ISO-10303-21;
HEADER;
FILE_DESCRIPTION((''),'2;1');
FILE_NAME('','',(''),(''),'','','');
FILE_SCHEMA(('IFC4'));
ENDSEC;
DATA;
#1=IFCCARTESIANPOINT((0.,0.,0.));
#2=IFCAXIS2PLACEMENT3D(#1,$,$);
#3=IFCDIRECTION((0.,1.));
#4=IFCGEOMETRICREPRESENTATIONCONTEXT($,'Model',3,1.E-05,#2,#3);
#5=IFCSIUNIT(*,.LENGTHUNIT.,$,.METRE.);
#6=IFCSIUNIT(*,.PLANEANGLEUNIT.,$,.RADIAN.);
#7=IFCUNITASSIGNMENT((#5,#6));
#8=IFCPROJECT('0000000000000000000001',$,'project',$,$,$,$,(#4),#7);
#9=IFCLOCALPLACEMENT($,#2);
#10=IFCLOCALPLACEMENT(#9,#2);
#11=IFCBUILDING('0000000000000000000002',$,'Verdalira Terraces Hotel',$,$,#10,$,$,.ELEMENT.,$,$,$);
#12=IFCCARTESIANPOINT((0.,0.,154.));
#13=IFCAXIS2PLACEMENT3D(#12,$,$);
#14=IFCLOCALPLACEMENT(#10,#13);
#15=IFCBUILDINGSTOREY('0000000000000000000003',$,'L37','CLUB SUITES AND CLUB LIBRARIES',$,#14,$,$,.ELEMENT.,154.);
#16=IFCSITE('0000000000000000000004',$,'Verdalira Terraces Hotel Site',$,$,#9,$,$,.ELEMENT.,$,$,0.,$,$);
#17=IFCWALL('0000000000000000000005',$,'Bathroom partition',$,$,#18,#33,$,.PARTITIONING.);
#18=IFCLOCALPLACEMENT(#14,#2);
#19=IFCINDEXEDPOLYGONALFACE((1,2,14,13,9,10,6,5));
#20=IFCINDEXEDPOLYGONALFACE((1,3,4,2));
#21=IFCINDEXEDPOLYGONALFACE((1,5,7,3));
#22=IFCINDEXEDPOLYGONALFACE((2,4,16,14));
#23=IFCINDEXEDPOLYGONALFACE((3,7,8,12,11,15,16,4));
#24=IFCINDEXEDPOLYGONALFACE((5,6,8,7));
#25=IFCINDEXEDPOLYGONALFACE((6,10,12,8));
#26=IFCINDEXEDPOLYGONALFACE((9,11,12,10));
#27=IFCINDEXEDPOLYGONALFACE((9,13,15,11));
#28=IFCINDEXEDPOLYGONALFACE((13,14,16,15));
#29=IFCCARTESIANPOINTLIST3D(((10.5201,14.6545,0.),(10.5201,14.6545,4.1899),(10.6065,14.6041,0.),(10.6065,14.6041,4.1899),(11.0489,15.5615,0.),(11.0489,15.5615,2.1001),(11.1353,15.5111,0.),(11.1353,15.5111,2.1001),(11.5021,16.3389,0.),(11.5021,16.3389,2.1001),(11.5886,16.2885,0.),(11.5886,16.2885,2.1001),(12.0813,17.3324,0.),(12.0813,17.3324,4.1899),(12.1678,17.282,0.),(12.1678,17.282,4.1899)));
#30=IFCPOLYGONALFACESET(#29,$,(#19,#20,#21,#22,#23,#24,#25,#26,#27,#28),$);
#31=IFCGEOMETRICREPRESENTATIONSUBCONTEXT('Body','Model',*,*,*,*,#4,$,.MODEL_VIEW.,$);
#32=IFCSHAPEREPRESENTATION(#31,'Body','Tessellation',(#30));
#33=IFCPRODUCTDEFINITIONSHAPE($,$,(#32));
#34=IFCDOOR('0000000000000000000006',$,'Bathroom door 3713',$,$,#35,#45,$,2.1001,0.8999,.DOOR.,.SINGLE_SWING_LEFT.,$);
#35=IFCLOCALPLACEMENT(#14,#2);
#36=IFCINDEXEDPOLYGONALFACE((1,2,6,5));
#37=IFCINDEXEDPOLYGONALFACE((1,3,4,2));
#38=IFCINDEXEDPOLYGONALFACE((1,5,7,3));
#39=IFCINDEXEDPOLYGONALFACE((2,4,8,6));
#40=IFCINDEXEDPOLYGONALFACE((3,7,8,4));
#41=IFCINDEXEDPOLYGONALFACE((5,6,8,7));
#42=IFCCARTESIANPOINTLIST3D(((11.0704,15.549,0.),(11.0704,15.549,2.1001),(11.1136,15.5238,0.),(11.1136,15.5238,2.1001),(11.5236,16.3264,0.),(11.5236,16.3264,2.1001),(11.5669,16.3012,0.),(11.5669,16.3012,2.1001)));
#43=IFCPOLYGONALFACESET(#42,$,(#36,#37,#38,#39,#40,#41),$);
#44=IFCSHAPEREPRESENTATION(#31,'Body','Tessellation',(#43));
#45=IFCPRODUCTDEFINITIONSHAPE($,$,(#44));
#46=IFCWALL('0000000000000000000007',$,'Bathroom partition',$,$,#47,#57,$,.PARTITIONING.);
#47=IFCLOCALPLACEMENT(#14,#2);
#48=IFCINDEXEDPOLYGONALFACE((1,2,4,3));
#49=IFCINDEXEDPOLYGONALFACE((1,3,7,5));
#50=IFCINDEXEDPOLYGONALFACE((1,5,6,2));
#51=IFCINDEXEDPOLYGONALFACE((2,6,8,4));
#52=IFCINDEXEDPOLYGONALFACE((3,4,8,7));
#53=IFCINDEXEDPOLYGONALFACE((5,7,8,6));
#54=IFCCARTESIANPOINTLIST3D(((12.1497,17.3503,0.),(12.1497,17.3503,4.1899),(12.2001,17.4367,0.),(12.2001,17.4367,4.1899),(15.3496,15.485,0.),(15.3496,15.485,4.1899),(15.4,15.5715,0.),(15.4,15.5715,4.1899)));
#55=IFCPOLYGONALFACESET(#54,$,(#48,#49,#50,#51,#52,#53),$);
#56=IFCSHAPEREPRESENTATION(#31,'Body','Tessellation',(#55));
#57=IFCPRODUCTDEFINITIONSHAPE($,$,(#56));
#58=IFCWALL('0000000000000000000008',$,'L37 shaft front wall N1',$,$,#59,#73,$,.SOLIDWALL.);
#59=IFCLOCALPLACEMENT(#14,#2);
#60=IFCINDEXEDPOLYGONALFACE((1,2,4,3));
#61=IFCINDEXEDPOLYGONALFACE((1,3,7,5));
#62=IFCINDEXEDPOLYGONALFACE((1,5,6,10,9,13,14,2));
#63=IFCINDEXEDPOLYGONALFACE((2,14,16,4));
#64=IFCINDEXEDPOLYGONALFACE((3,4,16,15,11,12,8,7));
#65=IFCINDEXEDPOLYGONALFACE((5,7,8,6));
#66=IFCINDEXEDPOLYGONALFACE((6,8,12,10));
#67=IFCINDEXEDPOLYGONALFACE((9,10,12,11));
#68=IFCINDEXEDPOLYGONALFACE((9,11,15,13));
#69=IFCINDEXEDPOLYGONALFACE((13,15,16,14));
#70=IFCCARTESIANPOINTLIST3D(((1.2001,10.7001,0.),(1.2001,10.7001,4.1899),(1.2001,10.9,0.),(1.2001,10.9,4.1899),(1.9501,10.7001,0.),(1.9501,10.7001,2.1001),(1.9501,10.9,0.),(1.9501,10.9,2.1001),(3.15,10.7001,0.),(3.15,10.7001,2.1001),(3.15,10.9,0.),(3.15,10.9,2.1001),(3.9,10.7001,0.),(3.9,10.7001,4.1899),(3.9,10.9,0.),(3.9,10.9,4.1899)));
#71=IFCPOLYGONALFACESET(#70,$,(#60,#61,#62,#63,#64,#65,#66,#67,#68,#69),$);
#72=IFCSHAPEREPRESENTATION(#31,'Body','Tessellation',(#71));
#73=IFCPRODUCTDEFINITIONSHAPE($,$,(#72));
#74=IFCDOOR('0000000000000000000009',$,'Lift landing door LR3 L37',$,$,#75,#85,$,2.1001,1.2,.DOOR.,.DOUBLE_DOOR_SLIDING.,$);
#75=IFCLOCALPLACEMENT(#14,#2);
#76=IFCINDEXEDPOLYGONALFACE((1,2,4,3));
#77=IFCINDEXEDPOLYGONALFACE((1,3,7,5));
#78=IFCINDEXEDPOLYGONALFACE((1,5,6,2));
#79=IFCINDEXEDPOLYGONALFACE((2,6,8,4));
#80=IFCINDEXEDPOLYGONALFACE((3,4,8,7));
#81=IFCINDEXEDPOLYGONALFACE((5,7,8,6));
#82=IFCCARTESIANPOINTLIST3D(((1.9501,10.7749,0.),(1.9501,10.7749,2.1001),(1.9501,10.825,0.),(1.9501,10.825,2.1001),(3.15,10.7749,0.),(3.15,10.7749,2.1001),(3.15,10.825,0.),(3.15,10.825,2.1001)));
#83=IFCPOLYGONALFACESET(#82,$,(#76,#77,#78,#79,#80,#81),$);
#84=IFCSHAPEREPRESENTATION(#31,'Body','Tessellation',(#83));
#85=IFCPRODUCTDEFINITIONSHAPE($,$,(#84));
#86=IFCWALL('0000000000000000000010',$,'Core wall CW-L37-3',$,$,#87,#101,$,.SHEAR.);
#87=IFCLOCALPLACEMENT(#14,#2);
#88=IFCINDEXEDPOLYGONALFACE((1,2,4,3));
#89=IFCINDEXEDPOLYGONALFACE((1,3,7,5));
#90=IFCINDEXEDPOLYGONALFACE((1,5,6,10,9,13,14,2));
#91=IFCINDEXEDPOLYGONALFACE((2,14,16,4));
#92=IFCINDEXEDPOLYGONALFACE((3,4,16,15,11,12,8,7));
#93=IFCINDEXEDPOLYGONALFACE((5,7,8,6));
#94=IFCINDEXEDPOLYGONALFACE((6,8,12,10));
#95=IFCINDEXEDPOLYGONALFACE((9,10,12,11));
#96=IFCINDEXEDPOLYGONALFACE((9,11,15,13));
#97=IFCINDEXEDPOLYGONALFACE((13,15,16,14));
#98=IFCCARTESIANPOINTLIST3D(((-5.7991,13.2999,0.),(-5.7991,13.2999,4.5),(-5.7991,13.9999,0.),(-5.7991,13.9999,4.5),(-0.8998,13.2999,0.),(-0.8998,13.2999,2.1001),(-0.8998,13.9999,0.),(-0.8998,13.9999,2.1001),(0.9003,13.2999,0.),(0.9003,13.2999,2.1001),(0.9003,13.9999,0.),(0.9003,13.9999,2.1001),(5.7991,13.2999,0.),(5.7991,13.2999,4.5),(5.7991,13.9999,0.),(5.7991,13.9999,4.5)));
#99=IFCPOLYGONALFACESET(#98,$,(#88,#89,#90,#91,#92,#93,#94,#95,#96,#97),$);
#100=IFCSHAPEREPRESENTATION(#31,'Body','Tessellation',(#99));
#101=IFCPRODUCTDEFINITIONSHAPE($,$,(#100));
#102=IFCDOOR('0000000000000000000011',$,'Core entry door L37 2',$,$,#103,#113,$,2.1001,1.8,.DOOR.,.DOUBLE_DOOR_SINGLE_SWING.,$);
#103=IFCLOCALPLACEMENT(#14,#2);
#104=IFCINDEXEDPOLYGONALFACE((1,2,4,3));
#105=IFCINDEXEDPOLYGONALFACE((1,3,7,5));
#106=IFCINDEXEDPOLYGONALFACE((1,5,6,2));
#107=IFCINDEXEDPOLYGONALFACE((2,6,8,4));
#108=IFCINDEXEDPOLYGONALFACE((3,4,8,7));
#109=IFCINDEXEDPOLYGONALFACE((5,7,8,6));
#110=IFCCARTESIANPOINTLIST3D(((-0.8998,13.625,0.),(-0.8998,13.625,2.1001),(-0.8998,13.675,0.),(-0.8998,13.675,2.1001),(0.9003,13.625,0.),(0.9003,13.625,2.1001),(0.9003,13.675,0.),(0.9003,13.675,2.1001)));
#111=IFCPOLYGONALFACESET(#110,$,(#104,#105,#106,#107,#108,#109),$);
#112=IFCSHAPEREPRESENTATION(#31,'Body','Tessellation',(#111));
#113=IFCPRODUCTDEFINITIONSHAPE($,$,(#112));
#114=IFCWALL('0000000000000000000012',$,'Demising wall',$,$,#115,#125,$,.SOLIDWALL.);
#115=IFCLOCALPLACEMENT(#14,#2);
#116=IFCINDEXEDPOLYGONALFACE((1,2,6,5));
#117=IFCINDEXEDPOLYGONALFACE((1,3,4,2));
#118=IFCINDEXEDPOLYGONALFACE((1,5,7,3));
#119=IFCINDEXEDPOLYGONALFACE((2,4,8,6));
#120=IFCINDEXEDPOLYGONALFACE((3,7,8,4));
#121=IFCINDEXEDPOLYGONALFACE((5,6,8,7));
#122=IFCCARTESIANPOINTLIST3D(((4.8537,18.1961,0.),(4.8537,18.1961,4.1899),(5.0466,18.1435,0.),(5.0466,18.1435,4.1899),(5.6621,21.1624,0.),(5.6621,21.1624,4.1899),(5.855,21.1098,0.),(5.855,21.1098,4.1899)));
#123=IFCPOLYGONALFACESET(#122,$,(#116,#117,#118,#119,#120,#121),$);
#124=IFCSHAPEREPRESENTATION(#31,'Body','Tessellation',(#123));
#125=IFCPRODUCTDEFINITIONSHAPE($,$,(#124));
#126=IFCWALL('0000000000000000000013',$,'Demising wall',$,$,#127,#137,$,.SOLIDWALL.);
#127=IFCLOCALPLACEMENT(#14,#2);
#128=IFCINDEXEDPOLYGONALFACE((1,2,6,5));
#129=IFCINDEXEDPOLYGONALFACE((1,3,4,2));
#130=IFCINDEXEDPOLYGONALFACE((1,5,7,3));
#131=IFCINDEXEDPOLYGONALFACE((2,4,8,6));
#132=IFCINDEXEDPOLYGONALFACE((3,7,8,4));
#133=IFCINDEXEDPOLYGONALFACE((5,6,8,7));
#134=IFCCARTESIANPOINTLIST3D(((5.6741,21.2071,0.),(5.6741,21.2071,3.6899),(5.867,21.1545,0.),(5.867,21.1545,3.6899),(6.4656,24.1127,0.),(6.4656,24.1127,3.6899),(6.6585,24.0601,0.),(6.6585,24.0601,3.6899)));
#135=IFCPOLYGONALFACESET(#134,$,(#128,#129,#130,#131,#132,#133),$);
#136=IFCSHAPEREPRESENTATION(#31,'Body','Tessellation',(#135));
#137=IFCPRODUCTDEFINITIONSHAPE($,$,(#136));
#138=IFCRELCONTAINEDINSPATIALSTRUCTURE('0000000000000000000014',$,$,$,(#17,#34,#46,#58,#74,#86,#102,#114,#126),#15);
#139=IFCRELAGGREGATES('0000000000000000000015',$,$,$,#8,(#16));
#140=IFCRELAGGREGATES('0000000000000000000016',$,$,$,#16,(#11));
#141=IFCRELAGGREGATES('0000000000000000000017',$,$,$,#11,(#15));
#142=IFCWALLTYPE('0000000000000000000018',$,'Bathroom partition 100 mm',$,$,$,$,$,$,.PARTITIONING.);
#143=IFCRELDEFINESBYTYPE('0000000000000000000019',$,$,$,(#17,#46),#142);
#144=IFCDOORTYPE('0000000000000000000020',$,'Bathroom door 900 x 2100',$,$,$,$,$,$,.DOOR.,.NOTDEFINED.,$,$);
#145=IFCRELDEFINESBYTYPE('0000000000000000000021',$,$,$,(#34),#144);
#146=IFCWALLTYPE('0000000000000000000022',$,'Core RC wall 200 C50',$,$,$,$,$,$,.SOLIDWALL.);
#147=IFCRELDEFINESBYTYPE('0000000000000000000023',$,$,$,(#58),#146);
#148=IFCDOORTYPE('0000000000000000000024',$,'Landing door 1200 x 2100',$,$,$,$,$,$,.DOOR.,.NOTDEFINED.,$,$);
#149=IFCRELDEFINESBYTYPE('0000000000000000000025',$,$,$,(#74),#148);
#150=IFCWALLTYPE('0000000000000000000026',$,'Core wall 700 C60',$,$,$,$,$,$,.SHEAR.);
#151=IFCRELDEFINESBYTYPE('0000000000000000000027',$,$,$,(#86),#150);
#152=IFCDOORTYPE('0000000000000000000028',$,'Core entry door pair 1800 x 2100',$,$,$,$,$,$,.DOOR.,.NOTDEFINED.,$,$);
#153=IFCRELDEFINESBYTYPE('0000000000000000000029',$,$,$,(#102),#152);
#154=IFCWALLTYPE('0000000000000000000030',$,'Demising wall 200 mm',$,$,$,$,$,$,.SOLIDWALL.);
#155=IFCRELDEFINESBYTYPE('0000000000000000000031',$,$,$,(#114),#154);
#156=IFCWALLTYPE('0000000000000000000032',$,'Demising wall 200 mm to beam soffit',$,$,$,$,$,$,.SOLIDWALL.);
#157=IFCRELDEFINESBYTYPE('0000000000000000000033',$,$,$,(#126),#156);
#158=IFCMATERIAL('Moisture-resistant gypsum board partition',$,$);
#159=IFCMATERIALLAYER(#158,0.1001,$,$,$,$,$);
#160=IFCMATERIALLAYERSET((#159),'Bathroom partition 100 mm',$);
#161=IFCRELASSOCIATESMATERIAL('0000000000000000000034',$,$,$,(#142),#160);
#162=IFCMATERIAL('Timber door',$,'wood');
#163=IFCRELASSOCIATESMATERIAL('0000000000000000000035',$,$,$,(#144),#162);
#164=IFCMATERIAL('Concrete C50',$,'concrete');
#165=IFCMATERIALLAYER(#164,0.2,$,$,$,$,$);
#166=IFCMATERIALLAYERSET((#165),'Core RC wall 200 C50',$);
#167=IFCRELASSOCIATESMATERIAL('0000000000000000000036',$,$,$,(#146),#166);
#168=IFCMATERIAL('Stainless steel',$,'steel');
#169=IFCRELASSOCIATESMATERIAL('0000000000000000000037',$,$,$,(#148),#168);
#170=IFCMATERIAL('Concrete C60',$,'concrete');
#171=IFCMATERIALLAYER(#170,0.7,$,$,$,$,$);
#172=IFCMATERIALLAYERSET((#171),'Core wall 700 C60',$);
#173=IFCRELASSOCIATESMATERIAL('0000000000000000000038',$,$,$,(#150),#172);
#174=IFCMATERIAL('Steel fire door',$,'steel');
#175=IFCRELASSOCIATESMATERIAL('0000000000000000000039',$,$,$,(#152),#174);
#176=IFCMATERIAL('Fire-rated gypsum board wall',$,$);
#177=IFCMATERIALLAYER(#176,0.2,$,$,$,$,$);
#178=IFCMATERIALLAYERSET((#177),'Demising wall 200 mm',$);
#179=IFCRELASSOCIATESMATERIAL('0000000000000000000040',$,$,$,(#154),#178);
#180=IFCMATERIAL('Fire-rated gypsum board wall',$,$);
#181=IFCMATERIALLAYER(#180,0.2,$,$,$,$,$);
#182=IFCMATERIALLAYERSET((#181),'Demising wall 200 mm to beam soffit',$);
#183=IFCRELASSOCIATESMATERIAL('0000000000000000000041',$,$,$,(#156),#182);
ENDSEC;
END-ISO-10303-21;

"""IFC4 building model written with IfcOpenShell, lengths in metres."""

from ifc_helpers import new_model, si_unit, direction, frame, frame_2d, origin, place, context, subcontext, project, spatial, rectangle, extrude, material, layer, layer_set, type_object, element, fill, save


model = new_model("IFC4")

# Units and contexts
model_context = context("Model", 3, precision=1e-05, world=origin(), true_north=direction((0.0, 1.0)))
body_context = subcontext(model_context, "Body", "Model", "MODEL_VIEW")
ifc_project = project(units=[si_unit("LENGTHUNIT", "METRE"), si_unit("PLANEANGLEUNIT", "RADIAN")], contexts=[model_context])

# Site, building, storey
site_placement = place(None, origin())
site = spatial("IfcSite", under=ifc_project, at=site_placement, Name="Verdalira Terraces Hotel Site", CompositionType="ELEMENT", RefElevation=0.0)
building_placement = place(site_placement, origin())
building = spatial("IfcBuilding", under=site, at=building_placement, Name="Verdalira Terraces Hotel", CompositionType="ELEMENT")
storey_placement = place(building_placement, frame((0.0, 0.0, 154.0)))
storey = spatial("IfcBuildingStorey", under=building, at=storey_placement, Name="L37", Description="CLUB SUITES AND CLUB LIBRARIES", CompositionType="ELEMENT", Elevation=154.0)

# Shared definitions
ifc_material_1 = material(Name="Moisture-resistant gypsum board partition")
ifc_layer_1 = layer(ifc_material_1, 0.1001)
ifc_layer_set_1 = layer_set([ifc_layer_1], Name="Bathroom partition 100 mm")
wall_type_1 = type_object("IfcWallType", Name="Bathroom partition 100 mm", PredefinedType="PARTITIONING", material=ifc_layer_set_1)
ifc_material_2 = material(Name="Timber door", Category="wood")
door_type_1 = type_object("IfcDoorType", Name="Bathroom door 900 x 2100", OperationType="NOTDEFINED", PredefinedType="DOOR", material=ifc_material_2)

# Wall, opening, door
wall_1_placement = place(storey_placement, frame((12.1245, 17.3071, 0.0), z_axis=(0.0, 0.0, 1.0), x_axis=(-0.50366, -0.863902, 0.0)))
wall_1 = element("IfcWall", 1, at=wall_1_placement, inside=storey, type_object=wall_type_1, Name="Bathroom partition", PredefinedType="PARTITIONING", context=body_context, shape_type="SweptSolid", body=[
    extrude(rectangle(XDim=3.0999, YDim=0.1001, at=frame_2d((1.5498, 0.0))), origin(), (0.0, 0.0, 1.0), 4.1899),
])
opening_1_placement = place(wall_1_placement, frame((1.1499, 0.0, 0.0)))
opening_1 = element("IfcOpeningElement", 2, at=opening_1_placement, cuts=wall_1, PredefinedType="OPENING", context=body_context, shape_type="SweptSolid", body=[
    extrude(rectangle(XDim=0.8999, YDim=2.1001, at=frame_2d((0.45, 1.05))), frame((0.0, 0.0601, 0.0), z_axis=(0.0, -1.0, 0.0), x_axis=(1.0, 0.0, 0.0)), (0.0, 0.0, 1.0), 0.1201),
])
door_1_placement = place(opening_1_placement, origin())
door_1 = element("IfcDoor", 3, at=door_1_placement, inside=storey, type_object=door_type_1, Name="Bathroom door 3713", OperationType="SINGLE_SWING_LEFT", OverallHeight=2.1001, OverallWidth=0.8999, PredefinedType="DOOR", context=body_context, shape_type="SweptSolid", body=[
    extrude(rectangle(XDim=0.8999, YDim=2.1001, at=frame_2d((0.45, 1.05))), frame((0.0, 0.0249, 0.0), z_axis=(0.0, -1.0, 0.0), x_axis=(1.0, 0.0, 0.0)), (0.0, 0.0, 1.0), 0.05),
])
fill(opening_1, door_1)

# Wall
wall_2_placement = place(storey_placement, frame((12.1748, 17.3936, 0.0), z_axis=(0.0, 0.0, 1.0), x_axis=(0.863944, -0.503588, 0.0)))
element("IfcWall", 4, at=wall_2_placement, inside=storey, type_object=wall_type_1, Name="Bathroom partition", PredefinedType="PARTITIONING", context=body_context, shape_type="SweptSolid", body=[
    extrude(rectangle(XDim=3.7039, YDim=0.1001, at=frame_2d((1.8521, 0.0))), origin(), (0.0, 0.0, 1.0), 4.1899),
])

# Walls, openings, doors
ifc_material_3 = material(Name="Concrete C50", Category="concrete")
ifc_layer_2 = layer(ifc_material_3, 0.2)
ifc_layer_set_2 = layer_set([ifc_layer_2], Name="Core RC wall 200 C50")
wall_type_2 = type_object("IfcWallType", Name="Core RC wall 200 C50", PredefinedType="SOLIDWALL", material=ifc_layer_set_2)
wall_3_placement = place(storey_placement, frame((1.2, 10.8, 0.0), z_axis=(0.0, 0.0, 1.0), x_axis=(1.0, 0.0, 0.0)))
wall_3 = element("IfcWall", 5, at=wall_3_placement, inside=storey, type_object=wall_type_2, Name="L37 shaft front wall N1", PredefinedType="SOLIDWALL", context=body_context, shape_type="SweptSolid", body=[
    extrude(rectangle(XDim=2.7, YDim=0.2, at=frame_2d((1.3501, 0.0))), origin(), (0.0, 0.0, 1.0), 4.1899),
])
opening_2_placement = place(wall_3_placement, frame((0.75, 0.0, 0.0)))
opening_2 = element("IfcOpeningElement", 6, at=opening_2_placement, cuts=wall_3, PredefinedType="OPENING", context=body_context, shape_type="SweptSolid", body=[
    extrude(rectangle(XDim=1.2, YDim=2.1001, at=frame_2d((0.6001, 1.05))), frame((0.0, 0.1099, 0.0), z_axis=(0.0, -1.0, 0.0), x_axis=(1.0, 0.0, 0.0)), (0.0, 0.0, 1.0), 0.22),
])
ifc_material_4 = material(Name="Stainless steel", Category="steel")
door_type_2 = type_object("IfcDoorType", Name="Landing door 1200 x 2100", OperationType="NOTDEFINED", PredefinedType="DOOR", material=ifc_material_4)
door_2_placement = place(opening_2_placement, origin())
door_2 = element("IfcDoor", 7, at=door_2_placement, inside=storey, type_object=door_type_2, Name="Lift landing door LR3 L37", OperationType="DOUBLE_DOOR_SLIDING", OverallHeight=2.1001, OverallWidth=1.2, PredefinedType="DOOR", context=body_context, shape_type="SweptSolid", body=[
    extrude(rectangle(XDim=1.2, YDim=2.1001, at=frame_2d((0.6001, 1.05))), frame((0.0, 0.0249, 0.0), z_axis=(0.0, -1.0, 0.0), x_axis=(1.0, 0.0, 0.0)), (0.0, 0.0, 1.0), 0.05),
])
fill(opening_2, door_2)
ifc_material_5 = material(Name="Concrete C60", Category="concrete")
ifc_layer_3 = layer(ifc_material_5, 0.7)
ifc_layer_set_3 = layer_set([ifc_layer_3], Name="Core wall 700 C60")
wall_type_3 = type_object("IfcWallType", Name="Core wall 700 C60", PredefinedType="SHEAR", material=ifc_layer_set_3)
wall_4_placement = place(storey_placement, frame((5.7991, 13.6499, 0.0), z_axis=(0.0, 0.0, 1.0), x_axis=(-1.0, 0.0, 0.0)))
wall_4 = element("IfcWall", 8, at=wall_4_placement, inside=storey, type_object=wall_type_3, Name="Core wall CW-L37-3", PredefinedType="SHEAR", context=body_context, shape_type="SweptSolid", body=[
    extrude(rectangle(XDim=11.5981, YDim=0.7, at=frame_2d((5.7991, 0.0))), origin(), (0.0, 0.0, 1.0), 4.5),
])
opening_3_placement = place(wall_4_placement, frame((4.8989, 0.0, 0.0)))
opening_3 = element("IfcOpeningElement", 9, at=opening_3_placement, cuts=wall_4, PredefinedType="OPENING", context=body_context, shape_type="SweptSolid", body=[
    extrude(rectangle(XDim=1.8, YDim=2.1001, at=frame_2d((0.8999, 1.05))), frame((0.0, 0.3599, 0.0), z_axis=(0.0, -1.0, 0.0), x_axis=(1.0, 0.0, 0.0)), (0.0, 0.0, 1.0), 0.72),
])
ifc_material_6 = material(Name="Steel fire door", Category="steel")
door_type_3 = type_object("IfcDoorType", Name="Core entry door pair 1800 x 2100", OperationType="NOTDEFINED", PredefinedType="DOOR", material=ifc_material_6)
door_3_placement = place(opening_3_placement, origin())
door_3 = element("IfcDoor", 10, at=door_3_placement, inside=storey, type_object=door_type_3, Name="Core entry door L37 2", OperationType="DOUBLE_DOOR_SINGLE_SWING", OverallHeight=2.1001, OverallWidth=1.8, PredefinedType="DOOR", context=body_context, shape_type="SweptSolid", body=[
    extrude(rectangle(XDim=1.8, YDim=2.1001, at=frame_2d((0.8999, 1.05))), frame((0.0, 0.0249, 0.0), z_axis=(0.0, -1.0, 0.0), x_axis=(1.0, 0.0, 0.0)), (0.0, 0.0, 1.0), 0.05),
])
fill(opening_3, door_3)

# Walls
ifc_material_7 = material(Name="Fire-rated gypsum board wall")
ifc_layer_4 = layer(ifc_material_7, 0.2)
ifc_layer_set_4 = layer_set([ifc_layer_4], Name="Demising wall 200 mm")
wall_type_4 = type_object("IfcWallType", Name="Demising wall 200 mm", PredefinedType="SOLIDWALL", material=ifc_layer_set_4)
wall_5_placement = place(storey_placement, frame((4.9502, 18.1699, 0.0), z_axis=(0.0, 0.0, 1.0), x_axis=(0.262923, 0.964817, 0.0)))
element("IfcWall", 11, at=wall_5_placement, inside=storey, type_object=wall_type_4, Name="Demising wall", PredefinedType="SOLIDWALL", context=body_context, shape_type="SweptSolid", body=[
    extrude(rectangle(XDim=3.0745, YDim=0.2, at=frame_2d((1.5371, 0.0))), origin(), (0.0, 0.0, 1.0), 4.1899),
])
ifc_material_8 = material(Name="Fire-rated gypsum board wall")
ifc_layer_5 = layer(ifc_material_8, 0.2)
ifc_layer_set_5 = layer_set([ifc_layer_5], Name="Demising wall 200 mm to beam soffit")
wall_type_5 = type_object("IfcWallType", Name="Demising wall 200 mm to beam soffit", PredefinedType="SOLIDWALL", material=ifc_layer_set_5)
wall_6_placement = place(storey_placement, frame((5.7705, 21.1807, 0.0), z_axis=(0.0, 0.0, 1.0), x_axis=(0.262836, 0.96484, 0.0)))
element("IfcWall", 12, at=wall_6_placement, inside=storey, type_object=wall_type_5, Name="Demising wall", PredefinedType="SOLIDWALL", context=body_context, shape_type="SweptSolid", body=[
    extrude(rectangle(XDim=3.0115, YDim=0.2, at=frame_2d((1.5059, 0.0))), origin(), (0.0, 0.0, 1.0), 3.6899),
])

save(model, "model.ifc")
